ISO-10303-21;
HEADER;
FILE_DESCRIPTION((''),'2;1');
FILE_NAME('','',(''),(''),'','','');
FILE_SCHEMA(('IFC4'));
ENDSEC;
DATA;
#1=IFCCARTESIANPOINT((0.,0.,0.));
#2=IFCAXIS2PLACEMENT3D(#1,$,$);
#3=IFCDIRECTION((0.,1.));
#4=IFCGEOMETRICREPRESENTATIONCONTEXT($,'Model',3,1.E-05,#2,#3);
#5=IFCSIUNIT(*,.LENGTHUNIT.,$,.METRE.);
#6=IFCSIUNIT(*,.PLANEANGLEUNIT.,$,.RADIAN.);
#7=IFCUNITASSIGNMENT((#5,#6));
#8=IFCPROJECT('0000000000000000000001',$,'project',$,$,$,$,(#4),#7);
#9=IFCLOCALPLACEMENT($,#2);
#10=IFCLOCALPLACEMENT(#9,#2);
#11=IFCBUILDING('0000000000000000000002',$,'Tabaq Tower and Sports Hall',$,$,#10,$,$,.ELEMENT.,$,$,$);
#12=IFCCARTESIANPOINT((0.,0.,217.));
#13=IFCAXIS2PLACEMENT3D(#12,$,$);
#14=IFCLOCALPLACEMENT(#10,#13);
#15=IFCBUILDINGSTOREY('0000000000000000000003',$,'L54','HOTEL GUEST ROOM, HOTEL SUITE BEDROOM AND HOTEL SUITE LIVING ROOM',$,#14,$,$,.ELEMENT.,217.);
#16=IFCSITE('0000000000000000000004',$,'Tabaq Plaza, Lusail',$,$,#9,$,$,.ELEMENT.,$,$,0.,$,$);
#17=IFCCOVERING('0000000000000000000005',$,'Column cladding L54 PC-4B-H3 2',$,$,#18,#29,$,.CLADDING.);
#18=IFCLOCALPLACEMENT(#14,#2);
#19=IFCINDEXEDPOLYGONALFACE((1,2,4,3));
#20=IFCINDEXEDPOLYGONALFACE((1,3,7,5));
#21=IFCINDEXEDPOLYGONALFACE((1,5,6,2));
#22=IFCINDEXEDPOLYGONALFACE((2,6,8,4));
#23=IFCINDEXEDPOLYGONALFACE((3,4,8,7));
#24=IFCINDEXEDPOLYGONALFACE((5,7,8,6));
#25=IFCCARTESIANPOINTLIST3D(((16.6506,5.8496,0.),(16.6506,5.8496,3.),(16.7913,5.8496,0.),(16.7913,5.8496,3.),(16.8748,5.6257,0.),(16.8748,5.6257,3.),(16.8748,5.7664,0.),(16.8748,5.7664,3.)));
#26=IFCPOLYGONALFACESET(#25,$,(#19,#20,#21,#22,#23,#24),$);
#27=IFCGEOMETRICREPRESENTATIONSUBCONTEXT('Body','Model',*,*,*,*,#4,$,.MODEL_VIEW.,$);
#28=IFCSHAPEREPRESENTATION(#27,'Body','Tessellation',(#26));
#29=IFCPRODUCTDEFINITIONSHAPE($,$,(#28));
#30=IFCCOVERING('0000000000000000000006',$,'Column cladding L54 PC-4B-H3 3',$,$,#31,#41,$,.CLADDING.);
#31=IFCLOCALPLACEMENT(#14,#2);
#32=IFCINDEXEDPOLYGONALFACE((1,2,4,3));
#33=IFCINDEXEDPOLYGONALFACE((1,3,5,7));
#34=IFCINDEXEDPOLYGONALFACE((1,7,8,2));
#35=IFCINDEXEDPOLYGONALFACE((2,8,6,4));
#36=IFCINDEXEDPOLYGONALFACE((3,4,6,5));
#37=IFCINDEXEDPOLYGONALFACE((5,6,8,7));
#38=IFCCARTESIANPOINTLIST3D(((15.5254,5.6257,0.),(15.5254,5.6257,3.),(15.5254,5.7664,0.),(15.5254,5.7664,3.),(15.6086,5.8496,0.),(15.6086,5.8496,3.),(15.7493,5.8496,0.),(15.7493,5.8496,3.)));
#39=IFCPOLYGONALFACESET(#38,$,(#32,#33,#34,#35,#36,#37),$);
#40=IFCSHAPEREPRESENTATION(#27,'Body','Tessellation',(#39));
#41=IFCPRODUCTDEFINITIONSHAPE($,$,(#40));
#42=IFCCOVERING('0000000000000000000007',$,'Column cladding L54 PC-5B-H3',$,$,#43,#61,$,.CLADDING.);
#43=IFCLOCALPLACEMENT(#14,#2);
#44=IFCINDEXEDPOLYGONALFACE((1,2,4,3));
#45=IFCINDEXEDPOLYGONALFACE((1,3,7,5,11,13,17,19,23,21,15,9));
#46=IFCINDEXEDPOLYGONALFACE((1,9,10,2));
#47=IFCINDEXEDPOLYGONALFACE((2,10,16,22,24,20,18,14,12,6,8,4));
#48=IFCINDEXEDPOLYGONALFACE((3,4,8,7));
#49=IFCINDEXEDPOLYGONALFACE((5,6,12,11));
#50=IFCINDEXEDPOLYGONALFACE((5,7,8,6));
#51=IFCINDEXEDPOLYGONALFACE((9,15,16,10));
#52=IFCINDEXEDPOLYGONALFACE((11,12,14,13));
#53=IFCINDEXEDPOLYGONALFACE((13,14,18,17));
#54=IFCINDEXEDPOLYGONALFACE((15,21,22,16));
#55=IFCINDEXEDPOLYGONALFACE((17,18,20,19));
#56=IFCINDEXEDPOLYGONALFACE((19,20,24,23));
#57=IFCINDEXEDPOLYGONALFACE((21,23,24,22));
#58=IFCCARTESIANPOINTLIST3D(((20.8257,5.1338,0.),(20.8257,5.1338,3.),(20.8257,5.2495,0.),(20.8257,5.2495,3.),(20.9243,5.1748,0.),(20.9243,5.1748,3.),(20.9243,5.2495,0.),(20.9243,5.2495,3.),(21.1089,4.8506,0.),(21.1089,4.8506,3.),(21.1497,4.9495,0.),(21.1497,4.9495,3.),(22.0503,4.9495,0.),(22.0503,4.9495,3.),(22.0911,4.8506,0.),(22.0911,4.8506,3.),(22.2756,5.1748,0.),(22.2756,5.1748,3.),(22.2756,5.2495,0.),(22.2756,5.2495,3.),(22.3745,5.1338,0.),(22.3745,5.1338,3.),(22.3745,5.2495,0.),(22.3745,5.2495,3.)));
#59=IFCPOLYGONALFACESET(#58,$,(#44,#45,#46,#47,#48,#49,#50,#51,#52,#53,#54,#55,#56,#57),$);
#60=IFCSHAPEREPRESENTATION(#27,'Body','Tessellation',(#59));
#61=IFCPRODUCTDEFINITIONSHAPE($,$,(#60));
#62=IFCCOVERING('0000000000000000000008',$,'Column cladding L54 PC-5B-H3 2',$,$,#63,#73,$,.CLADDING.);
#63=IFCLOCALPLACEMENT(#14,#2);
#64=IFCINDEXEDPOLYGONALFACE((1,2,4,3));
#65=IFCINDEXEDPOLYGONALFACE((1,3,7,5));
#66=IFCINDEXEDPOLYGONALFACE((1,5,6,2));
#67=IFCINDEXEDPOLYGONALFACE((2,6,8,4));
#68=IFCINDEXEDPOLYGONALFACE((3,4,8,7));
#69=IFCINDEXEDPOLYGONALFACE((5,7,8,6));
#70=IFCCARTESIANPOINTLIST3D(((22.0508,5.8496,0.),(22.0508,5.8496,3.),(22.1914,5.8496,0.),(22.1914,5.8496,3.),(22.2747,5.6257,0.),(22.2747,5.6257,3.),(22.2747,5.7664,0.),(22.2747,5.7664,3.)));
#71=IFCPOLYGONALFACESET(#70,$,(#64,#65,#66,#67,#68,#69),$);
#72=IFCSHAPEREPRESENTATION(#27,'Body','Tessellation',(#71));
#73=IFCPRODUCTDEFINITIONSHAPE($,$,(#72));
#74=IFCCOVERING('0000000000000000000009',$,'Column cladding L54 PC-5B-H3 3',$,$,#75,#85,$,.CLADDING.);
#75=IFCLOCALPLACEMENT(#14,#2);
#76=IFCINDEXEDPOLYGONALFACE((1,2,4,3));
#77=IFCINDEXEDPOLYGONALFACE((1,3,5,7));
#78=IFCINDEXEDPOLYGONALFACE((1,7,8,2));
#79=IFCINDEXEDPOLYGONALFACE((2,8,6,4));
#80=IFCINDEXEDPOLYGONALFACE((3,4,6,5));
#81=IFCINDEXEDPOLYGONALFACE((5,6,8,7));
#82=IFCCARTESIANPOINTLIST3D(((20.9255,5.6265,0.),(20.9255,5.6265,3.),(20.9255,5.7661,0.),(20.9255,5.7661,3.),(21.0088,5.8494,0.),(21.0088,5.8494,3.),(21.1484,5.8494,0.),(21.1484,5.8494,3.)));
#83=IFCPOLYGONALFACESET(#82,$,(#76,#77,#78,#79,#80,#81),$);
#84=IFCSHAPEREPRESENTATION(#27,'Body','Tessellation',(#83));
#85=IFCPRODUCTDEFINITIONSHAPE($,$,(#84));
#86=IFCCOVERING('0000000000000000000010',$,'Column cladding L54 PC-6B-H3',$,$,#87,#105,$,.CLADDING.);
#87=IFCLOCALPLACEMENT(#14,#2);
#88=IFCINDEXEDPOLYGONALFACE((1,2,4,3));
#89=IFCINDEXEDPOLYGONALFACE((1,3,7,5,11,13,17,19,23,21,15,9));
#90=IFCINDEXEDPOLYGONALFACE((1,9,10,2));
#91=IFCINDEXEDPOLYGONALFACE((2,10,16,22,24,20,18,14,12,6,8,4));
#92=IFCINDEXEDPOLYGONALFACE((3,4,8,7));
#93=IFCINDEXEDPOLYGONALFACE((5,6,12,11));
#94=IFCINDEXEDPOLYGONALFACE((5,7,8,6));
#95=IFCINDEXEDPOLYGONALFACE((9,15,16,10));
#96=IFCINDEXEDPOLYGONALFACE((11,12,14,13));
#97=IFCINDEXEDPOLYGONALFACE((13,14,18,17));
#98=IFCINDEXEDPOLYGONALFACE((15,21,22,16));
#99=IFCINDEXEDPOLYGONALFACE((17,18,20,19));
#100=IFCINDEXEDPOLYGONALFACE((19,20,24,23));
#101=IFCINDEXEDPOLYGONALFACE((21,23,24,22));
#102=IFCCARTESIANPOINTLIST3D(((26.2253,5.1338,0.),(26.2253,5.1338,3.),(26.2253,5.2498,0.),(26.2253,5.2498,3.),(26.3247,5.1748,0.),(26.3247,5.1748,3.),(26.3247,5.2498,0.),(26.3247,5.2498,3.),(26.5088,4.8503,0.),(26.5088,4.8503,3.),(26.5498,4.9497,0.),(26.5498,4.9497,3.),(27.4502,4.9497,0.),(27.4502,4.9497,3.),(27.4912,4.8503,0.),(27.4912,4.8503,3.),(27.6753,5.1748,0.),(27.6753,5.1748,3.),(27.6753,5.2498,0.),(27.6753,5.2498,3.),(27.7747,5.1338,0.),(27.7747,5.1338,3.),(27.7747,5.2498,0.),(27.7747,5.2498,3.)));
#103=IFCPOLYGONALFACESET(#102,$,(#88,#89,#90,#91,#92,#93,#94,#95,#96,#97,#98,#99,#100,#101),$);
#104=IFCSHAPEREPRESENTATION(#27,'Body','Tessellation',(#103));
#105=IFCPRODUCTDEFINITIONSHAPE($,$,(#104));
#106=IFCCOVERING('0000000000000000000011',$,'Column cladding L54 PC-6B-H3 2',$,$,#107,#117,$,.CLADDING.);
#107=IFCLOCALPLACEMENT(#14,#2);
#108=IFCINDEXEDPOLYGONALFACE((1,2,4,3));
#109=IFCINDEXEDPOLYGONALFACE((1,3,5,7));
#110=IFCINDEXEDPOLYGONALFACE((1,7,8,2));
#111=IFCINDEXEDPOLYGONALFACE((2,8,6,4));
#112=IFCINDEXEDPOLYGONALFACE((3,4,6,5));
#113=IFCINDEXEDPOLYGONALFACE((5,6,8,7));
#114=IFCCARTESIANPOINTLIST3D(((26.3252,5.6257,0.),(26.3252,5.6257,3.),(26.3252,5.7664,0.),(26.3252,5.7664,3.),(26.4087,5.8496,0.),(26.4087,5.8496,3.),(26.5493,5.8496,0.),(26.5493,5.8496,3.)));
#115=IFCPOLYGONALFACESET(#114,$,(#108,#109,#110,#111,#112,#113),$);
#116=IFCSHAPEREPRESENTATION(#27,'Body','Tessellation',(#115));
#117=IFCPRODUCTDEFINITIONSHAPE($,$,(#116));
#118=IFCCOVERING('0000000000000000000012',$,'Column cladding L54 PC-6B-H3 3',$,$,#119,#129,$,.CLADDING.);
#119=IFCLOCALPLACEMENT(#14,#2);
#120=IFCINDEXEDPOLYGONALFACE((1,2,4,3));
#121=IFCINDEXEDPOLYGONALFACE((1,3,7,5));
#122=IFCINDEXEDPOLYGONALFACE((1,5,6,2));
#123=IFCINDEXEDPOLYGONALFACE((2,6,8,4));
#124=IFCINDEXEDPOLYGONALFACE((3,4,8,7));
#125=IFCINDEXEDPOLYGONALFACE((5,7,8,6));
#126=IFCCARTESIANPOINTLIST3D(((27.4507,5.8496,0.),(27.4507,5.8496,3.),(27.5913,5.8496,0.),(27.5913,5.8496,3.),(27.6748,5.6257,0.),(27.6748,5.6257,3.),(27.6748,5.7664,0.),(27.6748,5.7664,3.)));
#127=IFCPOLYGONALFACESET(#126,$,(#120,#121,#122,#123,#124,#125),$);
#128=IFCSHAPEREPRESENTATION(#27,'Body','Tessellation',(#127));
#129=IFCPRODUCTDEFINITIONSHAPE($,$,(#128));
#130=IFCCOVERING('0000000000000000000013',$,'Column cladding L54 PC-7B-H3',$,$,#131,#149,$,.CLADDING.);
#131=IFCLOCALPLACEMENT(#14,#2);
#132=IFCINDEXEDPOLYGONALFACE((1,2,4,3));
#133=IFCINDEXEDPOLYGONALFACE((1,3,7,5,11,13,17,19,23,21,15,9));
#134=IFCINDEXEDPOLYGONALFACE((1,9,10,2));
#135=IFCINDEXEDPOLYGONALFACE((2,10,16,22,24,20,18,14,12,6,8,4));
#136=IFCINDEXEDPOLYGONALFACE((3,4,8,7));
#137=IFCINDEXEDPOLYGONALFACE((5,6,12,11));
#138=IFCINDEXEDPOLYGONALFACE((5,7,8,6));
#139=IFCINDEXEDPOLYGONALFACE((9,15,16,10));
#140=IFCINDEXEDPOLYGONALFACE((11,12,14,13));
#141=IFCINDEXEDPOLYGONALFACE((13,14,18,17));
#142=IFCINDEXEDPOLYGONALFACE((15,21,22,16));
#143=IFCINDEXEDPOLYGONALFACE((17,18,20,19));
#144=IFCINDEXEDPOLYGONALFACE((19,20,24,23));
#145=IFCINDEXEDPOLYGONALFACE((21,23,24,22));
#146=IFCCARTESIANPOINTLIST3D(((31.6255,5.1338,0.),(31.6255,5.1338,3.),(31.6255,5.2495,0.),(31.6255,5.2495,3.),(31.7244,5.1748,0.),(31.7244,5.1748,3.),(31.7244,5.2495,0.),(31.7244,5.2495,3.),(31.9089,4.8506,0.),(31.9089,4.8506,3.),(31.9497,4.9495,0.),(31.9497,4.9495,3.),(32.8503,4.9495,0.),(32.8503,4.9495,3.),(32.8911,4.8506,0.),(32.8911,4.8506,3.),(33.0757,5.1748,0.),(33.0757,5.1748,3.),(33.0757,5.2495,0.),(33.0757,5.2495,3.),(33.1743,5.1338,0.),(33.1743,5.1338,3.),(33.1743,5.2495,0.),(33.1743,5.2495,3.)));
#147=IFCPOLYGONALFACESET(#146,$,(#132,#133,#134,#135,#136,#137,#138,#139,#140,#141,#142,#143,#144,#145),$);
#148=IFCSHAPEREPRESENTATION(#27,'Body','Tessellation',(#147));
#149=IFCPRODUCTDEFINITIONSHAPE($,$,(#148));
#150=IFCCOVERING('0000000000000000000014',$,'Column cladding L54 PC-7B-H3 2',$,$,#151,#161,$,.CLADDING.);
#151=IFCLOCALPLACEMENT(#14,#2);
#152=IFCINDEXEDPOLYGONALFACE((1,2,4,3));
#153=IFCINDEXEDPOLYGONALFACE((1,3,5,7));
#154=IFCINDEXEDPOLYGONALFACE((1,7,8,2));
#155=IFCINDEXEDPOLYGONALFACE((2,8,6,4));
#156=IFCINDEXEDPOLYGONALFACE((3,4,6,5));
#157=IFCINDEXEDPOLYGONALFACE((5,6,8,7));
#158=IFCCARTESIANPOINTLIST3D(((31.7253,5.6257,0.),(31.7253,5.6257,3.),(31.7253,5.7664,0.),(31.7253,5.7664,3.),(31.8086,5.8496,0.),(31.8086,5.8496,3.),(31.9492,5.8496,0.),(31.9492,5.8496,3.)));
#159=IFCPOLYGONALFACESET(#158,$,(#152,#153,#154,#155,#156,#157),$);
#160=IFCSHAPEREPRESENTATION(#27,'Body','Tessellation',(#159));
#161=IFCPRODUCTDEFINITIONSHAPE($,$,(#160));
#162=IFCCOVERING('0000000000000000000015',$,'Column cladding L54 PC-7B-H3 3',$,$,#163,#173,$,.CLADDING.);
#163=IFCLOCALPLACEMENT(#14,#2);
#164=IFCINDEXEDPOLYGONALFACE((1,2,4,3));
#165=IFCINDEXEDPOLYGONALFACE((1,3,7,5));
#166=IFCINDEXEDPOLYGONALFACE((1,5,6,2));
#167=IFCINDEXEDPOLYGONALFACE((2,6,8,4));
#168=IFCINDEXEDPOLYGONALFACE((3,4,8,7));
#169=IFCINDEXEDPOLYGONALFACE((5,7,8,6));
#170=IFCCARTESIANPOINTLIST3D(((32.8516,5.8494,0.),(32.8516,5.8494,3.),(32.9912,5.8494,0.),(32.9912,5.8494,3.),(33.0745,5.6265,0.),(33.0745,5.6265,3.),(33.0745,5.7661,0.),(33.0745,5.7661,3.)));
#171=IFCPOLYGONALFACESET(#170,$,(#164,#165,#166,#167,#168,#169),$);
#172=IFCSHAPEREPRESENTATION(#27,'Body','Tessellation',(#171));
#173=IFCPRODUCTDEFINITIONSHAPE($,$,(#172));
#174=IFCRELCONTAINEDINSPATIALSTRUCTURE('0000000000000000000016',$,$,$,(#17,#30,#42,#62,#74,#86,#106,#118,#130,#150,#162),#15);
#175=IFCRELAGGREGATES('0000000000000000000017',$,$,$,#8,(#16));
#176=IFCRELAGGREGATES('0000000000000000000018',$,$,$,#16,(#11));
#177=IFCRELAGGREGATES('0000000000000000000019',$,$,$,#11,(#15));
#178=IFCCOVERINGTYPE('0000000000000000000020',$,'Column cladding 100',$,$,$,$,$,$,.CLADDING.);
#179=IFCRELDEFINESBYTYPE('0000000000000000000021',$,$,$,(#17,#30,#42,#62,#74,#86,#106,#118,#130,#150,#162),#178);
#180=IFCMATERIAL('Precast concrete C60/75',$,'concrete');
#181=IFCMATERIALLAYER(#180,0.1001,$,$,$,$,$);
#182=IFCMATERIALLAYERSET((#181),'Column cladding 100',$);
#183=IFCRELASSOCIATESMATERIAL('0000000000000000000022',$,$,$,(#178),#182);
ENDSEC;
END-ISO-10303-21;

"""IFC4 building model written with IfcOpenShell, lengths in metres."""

from ifc_helpers import new_model, si_unit, direction, frame, origin, place, context, subcontext, project, spatial, polyline, outline, extrude, material, layer, layer_set, type_object, element, save


model = new_model("IFC4")

# Units and contexts
model_context = context("Model", 3, precision=1e-05, world=origin(), true_north=direction((0.0, 1.0)))
body_context = subcontext(model_context, "Body", "Model", "MODEL_VIEW")
ifc_project = project(units=[si_unit("LENGTHUNIT", "METRE"), si_unit("PLANEANGLEUNIT", "RADIAN")], contexts=[model_context])

# Site, building, storey
site_placement = place(None, origin())
site = spatial("IfcSite", under=ifc_project, at=site_placement, Name="Tabaq Plaza, Lusail", CompositionType="ELEMENT", RefElevation=0.0)
building_placement = place(site_placement, origin())
building = spatial("IfcBuilding", under=site, at=building_placement, Name="Tabaq Tower and Sports Hall", CompositionType="ELEMENT")
storey_placement = place(building_placement, frame((0.0, 0.0, 217.0)))
storey = spatial("IfcBuildingStorey", under=building, at=storey_placement, Name="L54", Description="HOTEL GUEST ROOM, HOTEL SUITE BEDROOM AND HOTEL SUITE LIVING ROOM", CompositionType="ELEMENT", Elevation=217.0)

# Coverings
ifc_material_1 = material(Name="Precast concrete C60/75", Category="concrete")
ifc_layer_1 = layer(ifc_material_1, 0.1001)
ifc_layer_set_1 = layer_set([ifc_layer_1], Name="Column cladding 100")
covering_type = type_object("IfcCoveringType", Name="Column cladding 100", PredefinedType="CLADDING", material=ifc_layer_set_1)
covering_1_placement = place(storey_placement, origin())
element("IfcCovering", 1, at=covering_1_placement, inside=storey, type_object=covering_type, Name="Column cladding L54 PC-4B-H3 2", PredefinedType="CLADDING", context=body_context, shape_type="SweptSolid", body=[
    extrude(outline(polyline([(16.8748, 5.7664), (16.8748, 5.6257), (16.6506, 5.8496), (16.7913, 5.8496), (16.8748, 5.7664)])), origin(), (0.0, 0.0, 1.0), 3.0),
])
covering_2_placement = place(storey_placement, origin())
element("IfcCovering", 2, at=covering_2_placement, inside=storey, type_object=covering_type, Name="Column cladding L54 PC-4B-H3 3", PredefinedType="CLADDING", context=body_context, shape_type="SweptSolid", body=[
    extrude(outline(polyline([(15.6086, 5.8496), (15.7493, 5.8496), (15.5254, 5.6257), (15.5254, 5.7664), (15.6086, 5.8496)])), origin(), (0.0, 0.0, 1.0), 3.0),
])
covering_3_placement = place(storey_placement, origin())
element("IfcCovering", 3, at=covering_3_placement, inside=storey, type_object=covering_type, Name="Column cladding L54 PC-5B-H3", PredefinedType="CLADDING", context=body_context, shape_type="SweptSolid", body=[
    extrude(outline(polyline([(20.8257, 5.2495), (20.9243, 5.2495), (20.9243, 5.1748), (21.1497, 4.9495), (22.0503, 4.9495), (22.2756, 5.1748), (22.2756, 5.2495), (22.3745, 5.2495), (22.3745, 5.1338), (22.0911, 4.8506), (21.1089, 4.8506), (20.8257, 5.1338), (20.8257, 5.2495)])), origin(), (0.0, 0.0, 1.0), 3.0),
])
covering_4_placement = place(storey_placement, origin())
element("IfcCovering", 4, at=covering_4_placement, inside=storey, type_object=covering_type, Name="Column cladding L54 PC-5B-H3 2", PredefinedType="CLADDING", context=body_context, shape_type="SweptSolid", body=[
    extrude(outline(polyline([(22.2747, 5.7664), (22.2747, 5.6257), (22.0508, 5.8496), (22.1914, 5.8496), (22.2747, 5.7664)])), origin(), (0.0, 0.0, 1.0), 3.0),
])
covering_5_placement = place(storey_placement, origin())
element("IfcCovering", 5, at=covering_5_placement, inside=storey, type_object=covering_type, Name="Column cladding L54 PC-5B-H3 3", PredefinedType="CLADDING", context=body_context, shape_type="SweptSolid", body=[
    extrude(outline(polyline([(20.9255, 5.6265), (20.9255, 5.7661), (21.0088, 5.8494), (21.1484, 5.8494), (20.9255, 5.6265)])), origin(), (0.0, 0.0, 1.0), 3.0),
])
covering_6_placement = place(storey_placement, origin())
element("IfcCovering", 6, at=covering_6_placement, inside=storey, type_object=covering_type, Name="Column cladding L54 PC-6B-H3", PredefinedType="CLADDING", context=body_context, shape_type="SweptSolid", body=[
    extrude(outline(polyline([(26.2253, 5.2498), (26.3247, 5.2498), (26.3247, 5.1748), (26.5498, 4.9497), (27.4502, 4.9497), (27.6753, 5.1748), (27.6753, 5.2498), (27.7747, 5.2498), (27.7747, 5.1338), (27.4912, 4.8503), (26.5088, 4.8503), (26.2253, 5.1338), (26.2253, 5.2498)])), origin(), (0.0, 0.0, 1.0), 3.0),
])
covering_7_placement = place(storey_placement, origin())
element("IfcCovering", 7, at=covering_7_placement, inside=storey, type_object=covering_type, Name="Column cladding L54 PC-6B-H3 2", PredefinedType="CLADDING", context=body_context, shape_type="SweptSolid", body=[
    extrude(outline(polyline([(26.4087, 5.8496), (26.5493, 5.8496), (26.3252, 5.6257), (26.3252, 5.7664), (26.4087, 5.8496)])), origin(), (0.0, 0.0, 1.0), 3.0),
])
covering_8_placement = place(storey_placement, origin())
element("IfcCovering", 8, at=covering_8_placement, inside=storey, type_object=covering_type, Name="Column cladding L54 PC-6B-H3 3", PredefinedType="CLADDING", context=body_context, shape_type="SweptSolid", body=[
    extrude(outline(polyline([(27.6748, 5.7664), (27.6748, 5.6257), (27.4507, 5.8496), (27.5913, 5.8496), (27.6748, 5.7664)])), origin(), (0.0, 0.0, 1.0), 3.0),
])
covering_9_placement = place(storey_placement, origin())
element("IfcCovering", 9, at=covering_9_placement, inside=storey, type_object=covering_type, Name="Column cladding L54 PC-7B-H3", PredefinedType="CLADDING", context=body_context, shape_type="SweptSolid", body=[
    extrude(outline(polyline([(31.6255, 5.2495), (31.7244, 5.2495), (31.7244, 5.1748), (31.9497, 4.9495), (32.8503, 4.9495), (33.0757, 5.1748), (33.0757, 5.2495), (33.1743, 5.2495), (33.1743, 5.1338), (32.8911, 4.8506), (31.9089, 4.8506), (31.6255, 5.1338), (31.6255, 5.2495)])), origin(), (0.0, 0.0, 1.0), 3.0),
])
covering_10_placement = place(storey_placement, origin())
element("IfcCovering", 10, at=covering_10_placement, inside=storey, type_object=covering_type, Name="Column cladding L54 PC-7B-H3 2", PredefinedType="CLADDING", context=body_context, shape_type="SweptSolid", body=[
    extrude(outline(polyline([(31.8086, 5.8496), (31.9492, 5.8496), (31.7253, 5.6257), (31.7253, 5.7664), (31.8086, 5.8496)])), origin(), (0.0, 0.0, 1.0), 3.0),
])
covering_11_placement = place(storey_placement, origin())
element("IfcCovering", 11, at=covering_11_placement, inside=storey, type_object=covering_type, Name="Column cladding L54 PC-7B-H3 3", PredefinedType="CLADDING", context=body_context, shape_type="SweptSolid", body=[
    extrude(outline(polyline([(33.0745, 5.6265), (32.8516, 5.8494), (32.9912, 5.8494), (33.0745, 5.7661), (33.0745, 5.6265)])), origin(), (0.0, 0.0, 1.0), 3.0),
])

save(model, "model.ifc")
